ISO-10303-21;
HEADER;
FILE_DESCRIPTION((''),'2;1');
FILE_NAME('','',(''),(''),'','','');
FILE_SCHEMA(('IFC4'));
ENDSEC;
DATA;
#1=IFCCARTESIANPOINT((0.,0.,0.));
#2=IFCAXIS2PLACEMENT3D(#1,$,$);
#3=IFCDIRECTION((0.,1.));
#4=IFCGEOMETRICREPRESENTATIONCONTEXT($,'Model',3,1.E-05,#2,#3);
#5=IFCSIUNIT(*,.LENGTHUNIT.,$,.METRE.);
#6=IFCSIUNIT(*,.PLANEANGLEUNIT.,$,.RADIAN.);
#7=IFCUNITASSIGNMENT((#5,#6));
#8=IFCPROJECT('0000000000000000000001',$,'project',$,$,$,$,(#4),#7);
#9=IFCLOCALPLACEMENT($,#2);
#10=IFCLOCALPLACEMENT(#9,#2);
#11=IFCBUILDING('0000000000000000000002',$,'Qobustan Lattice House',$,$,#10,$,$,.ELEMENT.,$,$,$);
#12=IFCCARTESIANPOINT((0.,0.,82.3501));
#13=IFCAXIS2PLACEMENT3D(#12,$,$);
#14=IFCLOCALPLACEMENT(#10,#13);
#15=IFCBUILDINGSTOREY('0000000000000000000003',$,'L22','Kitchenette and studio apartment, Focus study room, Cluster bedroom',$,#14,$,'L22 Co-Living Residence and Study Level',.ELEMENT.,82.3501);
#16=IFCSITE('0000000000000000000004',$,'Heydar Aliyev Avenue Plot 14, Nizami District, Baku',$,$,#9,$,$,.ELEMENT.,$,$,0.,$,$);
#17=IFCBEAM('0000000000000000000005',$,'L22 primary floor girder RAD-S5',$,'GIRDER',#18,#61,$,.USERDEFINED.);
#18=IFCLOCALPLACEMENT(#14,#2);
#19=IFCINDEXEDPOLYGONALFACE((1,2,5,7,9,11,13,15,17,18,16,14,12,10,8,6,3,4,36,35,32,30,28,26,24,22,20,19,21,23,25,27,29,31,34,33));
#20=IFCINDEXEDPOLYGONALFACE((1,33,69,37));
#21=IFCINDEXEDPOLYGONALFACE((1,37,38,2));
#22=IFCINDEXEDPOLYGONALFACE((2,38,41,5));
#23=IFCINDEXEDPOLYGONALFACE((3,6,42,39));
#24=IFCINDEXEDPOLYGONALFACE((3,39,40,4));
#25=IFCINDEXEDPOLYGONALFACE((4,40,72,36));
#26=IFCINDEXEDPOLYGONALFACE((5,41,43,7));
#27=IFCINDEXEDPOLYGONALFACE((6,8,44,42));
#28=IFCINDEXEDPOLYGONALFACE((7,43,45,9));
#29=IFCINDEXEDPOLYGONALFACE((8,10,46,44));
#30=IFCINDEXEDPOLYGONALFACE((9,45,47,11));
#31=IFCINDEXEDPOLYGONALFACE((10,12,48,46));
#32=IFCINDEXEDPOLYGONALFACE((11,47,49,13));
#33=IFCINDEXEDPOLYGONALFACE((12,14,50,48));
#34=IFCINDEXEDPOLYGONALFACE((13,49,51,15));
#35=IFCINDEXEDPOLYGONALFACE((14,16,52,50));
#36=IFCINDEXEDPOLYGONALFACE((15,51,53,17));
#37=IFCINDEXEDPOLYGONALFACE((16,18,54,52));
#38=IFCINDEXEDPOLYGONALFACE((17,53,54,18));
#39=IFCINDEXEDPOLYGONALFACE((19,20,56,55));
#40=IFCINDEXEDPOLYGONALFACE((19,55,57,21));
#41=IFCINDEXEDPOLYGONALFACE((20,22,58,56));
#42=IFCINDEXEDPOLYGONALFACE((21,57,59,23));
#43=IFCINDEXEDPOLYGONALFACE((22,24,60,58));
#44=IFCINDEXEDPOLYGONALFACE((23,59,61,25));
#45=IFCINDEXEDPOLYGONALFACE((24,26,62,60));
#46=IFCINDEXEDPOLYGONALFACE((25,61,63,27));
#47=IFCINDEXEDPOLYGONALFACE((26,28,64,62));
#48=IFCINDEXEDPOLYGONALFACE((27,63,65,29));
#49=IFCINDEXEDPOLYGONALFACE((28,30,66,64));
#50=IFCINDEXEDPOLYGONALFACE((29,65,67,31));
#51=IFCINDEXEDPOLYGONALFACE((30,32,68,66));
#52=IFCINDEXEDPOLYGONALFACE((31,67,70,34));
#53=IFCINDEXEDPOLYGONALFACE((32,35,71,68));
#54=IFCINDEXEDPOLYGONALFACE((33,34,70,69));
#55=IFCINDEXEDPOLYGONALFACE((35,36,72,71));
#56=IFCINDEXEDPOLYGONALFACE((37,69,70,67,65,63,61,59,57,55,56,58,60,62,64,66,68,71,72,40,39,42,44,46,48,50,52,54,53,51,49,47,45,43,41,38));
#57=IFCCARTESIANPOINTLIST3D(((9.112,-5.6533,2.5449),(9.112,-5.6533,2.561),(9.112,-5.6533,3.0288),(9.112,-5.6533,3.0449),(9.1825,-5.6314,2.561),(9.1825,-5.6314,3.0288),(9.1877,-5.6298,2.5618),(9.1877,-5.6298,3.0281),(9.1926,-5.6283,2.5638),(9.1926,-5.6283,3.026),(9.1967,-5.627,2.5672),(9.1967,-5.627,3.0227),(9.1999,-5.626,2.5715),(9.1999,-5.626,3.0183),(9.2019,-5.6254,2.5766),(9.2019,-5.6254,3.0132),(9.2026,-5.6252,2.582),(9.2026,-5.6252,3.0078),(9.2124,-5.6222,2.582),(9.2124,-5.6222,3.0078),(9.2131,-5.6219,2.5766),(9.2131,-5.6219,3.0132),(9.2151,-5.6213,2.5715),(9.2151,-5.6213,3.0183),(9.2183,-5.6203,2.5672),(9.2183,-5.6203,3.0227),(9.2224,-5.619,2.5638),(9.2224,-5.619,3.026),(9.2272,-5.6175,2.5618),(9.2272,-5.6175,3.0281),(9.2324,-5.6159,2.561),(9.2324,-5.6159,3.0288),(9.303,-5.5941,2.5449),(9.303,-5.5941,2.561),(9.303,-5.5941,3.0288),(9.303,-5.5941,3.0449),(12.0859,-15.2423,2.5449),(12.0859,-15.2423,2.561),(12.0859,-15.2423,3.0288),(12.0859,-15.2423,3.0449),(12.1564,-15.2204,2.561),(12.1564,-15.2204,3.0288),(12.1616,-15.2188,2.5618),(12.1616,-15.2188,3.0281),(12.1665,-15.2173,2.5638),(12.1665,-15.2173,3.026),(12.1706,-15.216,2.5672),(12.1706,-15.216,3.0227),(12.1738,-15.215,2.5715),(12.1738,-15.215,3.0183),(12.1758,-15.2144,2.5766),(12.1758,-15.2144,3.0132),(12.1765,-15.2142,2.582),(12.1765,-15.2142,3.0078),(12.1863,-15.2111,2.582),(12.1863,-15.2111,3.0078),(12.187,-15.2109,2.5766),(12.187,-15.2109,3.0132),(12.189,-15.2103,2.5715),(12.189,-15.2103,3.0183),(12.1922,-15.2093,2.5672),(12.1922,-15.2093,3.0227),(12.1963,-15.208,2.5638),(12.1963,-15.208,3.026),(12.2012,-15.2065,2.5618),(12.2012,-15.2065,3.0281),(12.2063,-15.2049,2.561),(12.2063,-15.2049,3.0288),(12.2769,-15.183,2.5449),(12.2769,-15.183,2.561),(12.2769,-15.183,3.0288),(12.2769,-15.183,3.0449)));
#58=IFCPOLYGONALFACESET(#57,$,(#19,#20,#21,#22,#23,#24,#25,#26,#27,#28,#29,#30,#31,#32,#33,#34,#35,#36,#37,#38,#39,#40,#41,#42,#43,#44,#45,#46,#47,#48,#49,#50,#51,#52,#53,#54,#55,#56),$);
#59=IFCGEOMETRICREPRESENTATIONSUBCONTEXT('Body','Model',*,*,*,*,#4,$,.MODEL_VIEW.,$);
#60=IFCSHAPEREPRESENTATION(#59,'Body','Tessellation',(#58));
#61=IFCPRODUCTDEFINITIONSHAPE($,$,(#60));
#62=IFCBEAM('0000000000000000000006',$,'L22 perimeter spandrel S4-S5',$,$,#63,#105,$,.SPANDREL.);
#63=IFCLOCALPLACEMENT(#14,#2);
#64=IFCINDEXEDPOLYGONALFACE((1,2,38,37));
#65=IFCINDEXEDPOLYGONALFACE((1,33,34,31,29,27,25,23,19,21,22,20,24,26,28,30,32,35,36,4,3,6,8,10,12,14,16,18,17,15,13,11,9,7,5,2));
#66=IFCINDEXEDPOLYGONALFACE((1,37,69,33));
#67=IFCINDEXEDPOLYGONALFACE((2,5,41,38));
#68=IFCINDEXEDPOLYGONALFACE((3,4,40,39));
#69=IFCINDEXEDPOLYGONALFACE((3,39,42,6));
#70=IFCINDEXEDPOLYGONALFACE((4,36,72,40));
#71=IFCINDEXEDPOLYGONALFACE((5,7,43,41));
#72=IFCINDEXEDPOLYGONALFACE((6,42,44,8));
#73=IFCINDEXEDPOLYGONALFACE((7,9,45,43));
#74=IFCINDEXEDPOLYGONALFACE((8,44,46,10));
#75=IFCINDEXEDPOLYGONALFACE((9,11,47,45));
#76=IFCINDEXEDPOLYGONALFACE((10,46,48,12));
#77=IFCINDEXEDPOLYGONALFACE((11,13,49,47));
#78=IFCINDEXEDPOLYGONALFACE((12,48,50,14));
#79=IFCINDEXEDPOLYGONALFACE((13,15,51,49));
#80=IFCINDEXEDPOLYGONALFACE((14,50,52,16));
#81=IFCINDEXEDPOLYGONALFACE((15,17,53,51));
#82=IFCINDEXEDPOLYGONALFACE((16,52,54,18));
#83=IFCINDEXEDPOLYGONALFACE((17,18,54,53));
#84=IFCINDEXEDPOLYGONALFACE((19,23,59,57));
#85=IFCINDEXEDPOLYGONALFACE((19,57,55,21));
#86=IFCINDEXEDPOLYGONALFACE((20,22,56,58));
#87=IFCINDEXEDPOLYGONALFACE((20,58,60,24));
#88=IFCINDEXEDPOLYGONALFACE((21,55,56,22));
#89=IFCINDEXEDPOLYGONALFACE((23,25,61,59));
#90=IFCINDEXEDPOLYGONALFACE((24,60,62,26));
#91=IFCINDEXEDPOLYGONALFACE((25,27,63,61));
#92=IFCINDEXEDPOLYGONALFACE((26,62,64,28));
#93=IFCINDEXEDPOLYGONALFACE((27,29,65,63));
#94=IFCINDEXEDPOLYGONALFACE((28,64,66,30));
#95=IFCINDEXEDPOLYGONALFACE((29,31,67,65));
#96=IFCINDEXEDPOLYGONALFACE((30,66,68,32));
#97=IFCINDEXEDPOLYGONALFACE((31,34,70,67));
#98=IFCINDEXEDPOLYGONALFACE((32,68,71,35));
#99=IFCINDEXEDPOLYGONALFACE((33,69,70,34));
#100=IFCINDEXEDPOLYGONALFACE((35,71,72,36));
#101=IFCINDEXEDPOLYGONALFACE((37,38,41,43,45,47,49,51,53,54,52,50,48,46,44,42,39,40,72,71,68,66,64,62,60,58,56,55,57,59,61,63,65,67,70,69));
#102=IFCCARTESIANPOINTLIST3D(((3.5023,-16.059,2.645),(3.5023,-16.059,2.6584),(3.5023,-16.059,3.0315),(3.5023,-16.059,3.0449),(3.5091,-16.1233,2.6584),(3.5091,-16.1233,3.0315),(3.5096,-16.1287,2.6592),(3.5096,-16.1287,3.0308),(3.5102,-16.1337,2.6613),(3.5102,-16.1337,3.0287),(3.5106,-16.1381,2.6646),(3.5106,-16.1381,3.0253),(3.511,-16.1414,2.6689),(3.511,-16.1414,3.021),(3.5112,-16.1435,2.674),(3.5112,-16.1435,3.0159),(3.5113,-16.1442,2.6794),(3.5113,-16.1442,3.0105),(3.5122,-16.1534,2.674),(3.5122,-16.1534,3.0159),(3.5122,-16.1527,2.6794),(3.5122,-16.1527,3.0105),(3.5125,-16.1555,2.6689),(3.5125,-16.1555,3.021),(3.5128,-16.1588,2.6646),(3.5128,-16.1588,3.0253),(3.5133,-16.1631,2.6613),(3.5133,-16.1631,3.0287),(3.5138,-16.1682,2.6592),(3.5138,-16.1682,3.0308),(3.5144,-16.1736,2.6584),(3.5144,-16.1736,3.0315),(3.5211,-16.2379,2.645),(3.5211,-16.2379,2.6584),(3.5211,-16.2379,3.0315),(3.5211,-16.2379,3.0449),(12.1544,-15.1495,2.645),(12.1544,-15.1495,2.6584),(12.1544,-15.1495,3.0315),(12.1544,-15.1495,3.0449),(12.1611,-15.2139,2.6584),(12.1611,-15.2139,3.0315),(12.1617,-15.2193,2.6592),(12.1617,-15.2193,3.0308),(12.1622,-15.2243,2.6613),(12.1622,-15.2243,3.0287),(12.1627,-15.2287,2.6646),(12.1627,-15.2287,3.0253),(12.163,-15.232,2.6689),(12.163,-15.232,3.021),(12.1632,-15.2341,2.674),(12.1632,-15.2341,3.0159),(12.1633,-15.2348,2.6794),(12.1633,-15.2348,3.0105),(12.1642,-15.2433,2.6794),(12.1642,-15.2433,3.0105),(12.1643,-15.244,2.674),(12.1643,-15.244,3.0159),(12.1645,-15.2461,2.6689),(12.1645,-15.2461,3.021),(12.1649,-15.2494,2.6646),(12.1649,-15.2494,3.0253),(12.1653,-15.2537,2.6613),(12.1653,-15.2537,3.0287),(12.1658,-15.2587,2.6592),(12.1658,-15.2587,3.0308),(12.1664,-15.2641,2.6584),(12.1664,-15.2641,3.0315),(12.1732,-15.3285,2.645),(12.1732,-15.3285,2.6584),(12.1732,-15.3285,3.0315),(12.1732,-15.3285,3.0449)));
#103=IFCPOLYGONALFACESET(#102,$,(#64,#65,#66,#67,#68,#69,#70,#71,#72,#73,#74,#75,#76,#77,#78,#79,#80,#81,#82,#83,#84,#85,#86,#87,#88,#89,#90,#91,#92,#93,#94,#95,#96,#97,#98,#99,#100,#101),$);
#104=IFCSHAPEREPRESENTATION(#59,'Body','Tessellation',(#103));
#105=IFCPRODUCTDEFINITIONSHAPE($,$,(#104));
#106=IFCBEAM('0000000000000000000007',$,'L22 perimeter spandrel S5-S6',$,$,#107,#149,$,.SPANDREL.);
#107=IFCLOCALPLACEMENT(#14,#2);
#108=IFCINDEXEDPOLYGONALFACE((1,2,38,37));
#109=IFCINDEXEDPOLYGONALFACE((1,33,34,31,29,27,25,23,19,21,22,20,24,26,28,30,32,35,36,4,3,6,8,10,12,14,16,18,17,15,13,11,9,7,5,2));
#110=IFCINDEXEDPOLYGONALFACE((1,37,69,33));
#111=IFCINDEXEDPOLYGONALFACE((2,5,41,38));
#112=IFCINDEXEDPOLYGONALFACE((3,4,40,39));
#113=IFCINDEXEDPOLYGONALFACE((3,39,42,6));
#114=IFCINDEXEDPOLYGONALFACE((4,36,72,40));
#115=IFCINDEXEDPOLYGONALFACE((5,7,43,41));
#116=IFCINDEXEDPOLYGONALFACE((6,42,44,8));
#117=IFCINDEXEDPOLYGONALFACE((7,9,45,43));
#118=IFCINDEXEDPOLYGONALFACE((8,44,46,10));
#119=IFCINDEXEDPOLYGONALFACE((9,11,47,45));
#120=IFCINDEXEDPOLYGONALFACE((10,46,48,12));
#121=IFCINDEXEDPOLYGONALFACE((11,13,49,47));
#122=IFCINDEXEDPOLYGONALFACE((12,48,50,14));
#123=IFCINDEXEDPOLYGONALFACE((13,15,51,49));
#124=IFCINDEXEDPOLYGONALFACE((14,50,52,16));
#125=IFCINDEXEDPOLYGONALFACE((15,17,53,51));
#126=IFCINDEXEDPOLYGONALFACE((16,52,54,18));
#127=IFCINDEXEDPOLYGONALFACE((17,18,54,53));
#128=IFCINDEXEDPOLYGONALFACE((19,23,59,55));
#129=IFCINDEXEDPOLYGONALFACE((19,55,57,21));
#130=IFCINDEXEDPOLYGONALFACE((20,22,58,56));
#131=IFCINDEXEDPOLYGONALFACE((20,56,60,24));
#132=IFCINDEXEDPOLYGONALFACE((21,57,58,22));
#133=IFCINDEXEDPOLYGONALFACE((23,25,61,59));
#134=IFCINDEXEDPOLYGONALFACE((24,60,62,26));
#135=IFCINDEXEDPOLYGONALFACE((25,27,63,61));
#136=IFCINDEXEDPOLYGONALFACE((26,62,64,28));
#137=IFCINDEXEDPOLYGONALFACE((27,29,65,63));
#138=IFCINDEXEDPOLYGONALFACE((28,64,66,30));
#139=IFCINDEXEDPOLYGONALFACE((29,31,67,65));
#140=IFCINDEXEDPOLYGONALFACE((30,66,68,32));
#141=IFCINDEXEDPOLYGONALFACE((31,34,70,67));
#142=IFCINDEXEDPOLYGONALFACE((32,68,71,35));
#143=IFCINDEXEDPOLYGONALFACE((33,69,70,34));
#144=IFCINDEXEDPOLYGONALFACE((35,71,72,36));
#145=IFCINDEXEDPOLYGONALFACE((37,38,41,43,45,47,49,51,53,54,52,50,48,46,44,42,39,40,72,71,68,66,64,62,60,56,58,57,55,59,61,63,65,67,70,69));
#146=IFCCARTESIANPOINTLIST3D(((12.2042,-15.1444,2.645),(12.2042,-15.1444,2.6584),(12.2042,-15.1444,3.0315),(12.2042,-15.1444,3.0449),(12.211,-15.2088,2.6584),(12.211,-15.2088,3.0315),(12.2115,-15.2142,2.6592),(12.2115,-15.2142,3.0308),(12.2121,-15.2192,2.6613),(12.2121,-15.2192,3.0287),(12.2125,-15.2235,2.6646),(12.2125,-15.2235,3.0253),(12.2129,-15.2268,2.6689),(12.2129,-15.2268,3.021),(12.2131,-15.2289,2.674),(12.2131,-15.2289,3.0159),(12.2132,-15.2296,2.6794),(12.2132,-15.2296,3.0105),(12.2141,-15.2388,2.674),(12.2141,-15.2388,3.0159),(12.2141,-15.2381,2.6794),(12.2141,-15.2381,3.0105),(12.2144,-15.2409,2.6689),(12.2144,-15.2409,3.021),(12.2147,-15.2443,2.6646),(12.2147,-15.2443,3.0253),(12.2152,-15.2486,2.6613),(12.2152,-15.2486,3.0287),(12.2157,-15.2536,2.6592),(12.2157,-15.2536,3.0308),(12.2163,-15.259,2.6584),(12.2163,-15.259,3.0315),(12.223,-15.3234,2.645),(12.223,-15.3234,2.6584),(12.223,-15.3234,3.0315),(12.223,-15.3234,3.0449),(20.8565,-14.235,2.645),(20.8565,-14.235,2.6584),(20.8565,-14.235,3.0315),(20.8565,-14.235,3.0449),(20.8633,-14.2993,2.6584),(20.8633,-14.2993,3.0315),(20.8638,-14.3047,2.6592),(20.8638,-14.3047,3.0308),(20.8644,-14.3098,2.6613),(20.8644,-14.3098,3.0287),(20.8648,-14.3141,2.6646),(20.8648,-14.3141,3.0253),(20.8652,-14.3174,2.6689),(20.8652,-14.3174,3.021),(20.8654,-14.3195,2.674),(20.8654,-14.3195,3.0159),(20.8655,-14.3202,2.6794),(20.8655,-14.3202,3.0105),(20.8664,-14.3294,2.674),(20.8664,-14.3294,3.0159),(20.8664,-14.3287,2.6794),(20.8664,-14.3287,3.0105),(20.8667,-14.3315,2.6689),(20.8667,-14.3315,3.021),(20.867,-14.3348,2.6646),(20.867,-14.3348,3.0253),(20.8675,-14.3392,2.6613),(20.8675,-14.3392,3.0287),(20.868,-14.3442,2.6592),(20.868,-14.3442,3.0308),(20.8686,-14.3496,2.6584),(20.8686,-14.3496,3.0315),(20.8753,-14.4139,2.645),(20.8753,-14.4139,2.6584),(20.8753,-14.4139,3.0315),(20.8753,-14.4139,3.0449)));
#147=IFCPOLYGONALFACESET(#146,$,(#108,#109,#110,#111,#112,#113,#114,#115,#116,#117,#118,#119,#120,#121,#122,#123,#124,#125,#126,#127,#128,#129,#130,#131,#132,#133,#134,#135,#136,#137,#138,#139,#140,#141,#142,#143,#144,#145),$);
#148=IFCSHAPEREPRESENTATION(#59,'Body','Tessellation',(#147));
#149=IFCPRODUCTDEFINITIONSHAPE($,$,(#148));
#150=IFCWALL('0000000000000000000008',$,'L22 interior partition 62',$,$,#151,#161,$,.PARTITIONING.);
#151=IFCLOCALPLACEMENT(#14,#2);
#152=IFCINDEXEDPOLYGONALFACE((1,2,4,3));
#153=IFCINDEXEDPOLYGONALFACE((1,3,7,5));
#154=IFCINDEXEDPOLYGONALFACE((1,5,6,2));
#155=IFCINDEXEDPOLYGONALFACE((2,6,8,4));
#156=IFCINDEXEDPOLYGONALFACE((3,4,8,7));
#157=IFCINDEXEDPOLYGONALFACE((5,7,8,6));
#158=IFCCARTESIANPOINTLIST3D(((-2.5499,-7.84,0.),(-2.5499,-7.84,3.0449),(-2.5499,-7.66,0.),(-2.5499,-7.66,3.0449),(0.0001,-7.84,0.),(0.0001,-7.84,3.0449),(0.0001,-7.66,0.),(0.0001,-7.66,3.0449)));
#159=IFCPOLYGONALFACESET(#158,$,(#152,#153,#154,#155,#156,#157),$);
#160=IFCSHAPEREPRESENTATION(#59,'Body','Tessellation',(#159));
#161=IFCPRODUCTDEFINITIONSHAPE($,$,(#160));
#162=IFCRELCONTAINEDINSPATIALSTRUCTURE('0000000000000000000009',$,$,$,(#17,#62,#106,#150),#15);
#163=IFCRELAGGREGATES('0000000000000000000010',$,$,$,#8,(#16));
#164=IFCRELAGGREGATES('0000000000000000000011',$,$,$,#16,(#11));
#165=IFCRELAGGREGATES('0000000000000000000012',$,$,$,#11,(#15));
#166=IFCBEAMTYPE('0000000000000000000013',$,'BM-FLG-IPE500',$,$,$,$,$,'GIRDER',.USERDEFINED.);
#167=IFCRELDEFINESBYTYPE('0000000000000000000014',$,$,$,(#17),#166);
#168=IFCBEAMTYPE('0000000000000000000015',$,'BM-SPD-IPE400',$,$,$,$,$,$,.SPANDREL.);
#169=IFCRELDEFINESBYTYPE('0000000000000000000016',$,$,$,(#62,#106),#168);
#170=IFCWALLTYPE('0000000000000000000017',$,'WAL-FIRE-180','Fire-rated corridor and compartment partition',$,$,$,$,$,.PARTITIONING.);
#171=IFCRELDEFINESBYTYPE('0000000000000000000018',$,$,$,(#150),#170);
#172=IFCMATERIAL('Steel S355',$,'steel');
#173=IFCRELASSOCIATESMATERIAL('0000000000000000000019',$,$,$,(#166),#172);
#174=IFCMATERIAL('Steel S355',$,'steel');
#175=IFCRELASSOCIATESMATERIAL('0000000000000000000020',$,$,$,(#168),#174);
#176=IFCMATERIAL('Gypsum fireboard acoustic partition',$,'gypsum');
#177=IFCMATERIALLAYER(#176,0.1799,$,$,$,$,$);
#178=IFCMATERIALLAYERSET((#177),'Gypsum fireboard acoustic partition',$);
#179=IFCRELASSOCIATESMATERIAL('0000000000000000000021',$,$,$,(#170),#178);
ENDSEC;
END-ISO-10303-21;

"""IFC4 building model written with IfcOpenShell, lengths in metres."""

from ifc_helpers import new_model, si_unit, direction, frame, frame_2d, origin, origin_2d, place, context, subcontext, project, spatial, rectangle, i_section, extrude, material, layer, layer_set, material_profile, profile_set, type_object, element, save


model = new_model("IFC4")

# Units and contexts
model_context = context("Model", 3, precision=1e-05, world=origin(), true_north=direction((0.0, 1.0)))
body_context = subcontext(model_context, "Body", "Model", "MODEL_VIEW")
ifc_project = project(units=[si_unit("LENGTHUNIT", "METRE"), si_unit("PLANEANGLEUNIT", "RADIAN")], contexts=[model_context])

# Site, building, storey
site_placement = place(None, origin())
site = spatial("IfcSite", under=ifc_project, at=site_placement, Name="Heydar Aliyev Avenue Plot 14, Nizami District, Baku", CompositionType="ELEMENT", RefElevation=0.0)
building_placement = place(site_placement, origin())
building = spatial("IfcBuilding", under=site, at=building_placement, Name="Qobustan Lattice House", CompositionType="ELEMENT")
storey_placement = place(building_placement, frame((0.0, 0.0, 82.3501)))
storey = spatial("IfcBuildingStorey", under=building, at=storey_placement, Name="L22", Description="Kitchenette and studio apartment, Focus study room, Cluster bedroom", LongName="L22 Co-Living Residence and Study Level", CompositionType="ELEMENT", Elevation=82.3501)

# Beams
ifc_material_1 = material(Name="Steel S355", Category="steel")
ifc_material_profile_1 = material_profile(ifc_material_1, i_section(OverallWidth=0.2, OverallDepth=0.5, WebThickness=0.0103, FlangeThickness=0.0161, FilletRadius=0.021, at=origin_2d()), Name="IPE500")
ifc_profile_set_1 = profile_set([ifc_material_profile_1], Name="Steel S355")
beam_type_1 = type_object("IfcBeamType", Name="BM-FLG-IPE500", ElementType="GIRDER", PredefinedType="USERDEFINED", material=ifc_profile_set_1)
beam_1_placement = place(storey_placement, frame((12.1814, -15.2126, 2.7949), z_axis=(-0.296219, 0.95512, 0.0), x_axis=(-0.95512, -0.296219, 0.0)))
element("IfcBeam", 1, at=beam_1_placement, inside=storey, type_object=beam_type_1, Name="L22 primary floor girder RAD-S5", ObjectType="GIRDER", PredefinedType="USERDEFINED", context=body_context, shape_type="SweptSolid", body=[
    extrude(i_section(OverallWidth=0.2, OverallDepth=0.5, WebThickness=0.0103, FlangeThickness=0.0161, FilletRadius=0.021, at=origin_2d()), origin(), (0.0, 0.0, 1.0), 10.0396),
])
ifc_material_2 = material(Name="Steel S355", Category="steel")
ifc_material_profile_2 = material_profile(ifc_material_2, i_section(OverallWidth=0.1799, OverallDepth=0.3999, WebThickness=0.0085, FlangeThickness=0.0134, FilletRadius=0.021, at=origin_2d()), Name="IPE400")
ifc_profile_set_2 = profile_set([ifc_material_profile_2], Name="Steel S355")
beam_type_2 = type_object("IfcBeamType", Name="BM-SPD-IPE400", PredefinedType="SPANDREL", material=ifc_profile_set_2)
beam_2_placement = place(storey_placement, frame((3.5117, -16.1484, 2.845), z_axis=(0.994521, 0.104534, 0.0), x_axis=(-0.104534, 0.994521, 0.0)))
element("IfcBeam", 2, at=beam_2_placement, inside=storey, type_object=beam_type_2, Name="L22 perimeter spandrel S4-S5", PredefinedType="SPANDREL", context=body_context, shape_type="SweptSolid", body=[
    extrude(i_section(OverallWidth=0.1799, OverallDepth=0.3999, WebThickness=0.0085, FlangeThickness=0.0134, FilletRadius=0.021, at=origin_2d()), origin(), (0.0, 0.0, 1.0), 8.6997),
])
beam_3_placement = place(storey_placement, frame((12.2136, -15.2339, 2.845), z_axis=(0.994522, 0.104531, 0.0), x_axis=(-0.104531, 0.994522, 0.0)))
element("IfcBeam", 3, at=beam_3_placement, inside=storey, type_object=beam_type_2, Name="L22 perimeter spandrel S5-S6", PredefinedType="SPANDREL", context=body_context, shape_type="SweptSolid", body=[
    extrude(i_section(OverallWidth=0.1799, OverallDepth=0.3999, WebThickness=0.0085, FlangeThickness=0.0134, FilletRadius=0.021, at=origin_2d()), origin(), (0.0, 0.0, 1.0), 8.7),
])

# Wall
ifc_material_3 = material(Name="Gypsum fireboard acoustic partition", Category="gypsum")
ifc_layer_1 = layer(ifc_material_3, 0.1799)
ifc_layer_set_1 = layer_set([ifc_layer_1], Name="Gypsum fireboard acoustic partition")
wall_type_1 = type_object("IfcWallType", Name="WAL-FIRE-180", Description="Fire-rated corridor and compartment partition", PredefinedType="PARTITIONING", material=ifc_layer_set_1)
wall_1_placement = place(storey_placement, frame((0.0, -7.75, 0.0), z_axis=(0.0, 0.0, 1.0), x_axis=(-1.0, 0.0, 0.0)))
element("IfcWall", 4, at=wall_1_placement, inside=storey, type_object=wall_type_1, Name="L22 interior partition 62", PredefinedType="PARTITIONING", context=body_context, shape_type="SweptSolid", body=[
    extrude(rectangle(XDim=2.55, YDim=0.1799, at=frame_2d((1.2749, 0.0))), origin(), (0.0, 0.0, 1.0), 3.0449),
])

save(model, "model.ifc")
